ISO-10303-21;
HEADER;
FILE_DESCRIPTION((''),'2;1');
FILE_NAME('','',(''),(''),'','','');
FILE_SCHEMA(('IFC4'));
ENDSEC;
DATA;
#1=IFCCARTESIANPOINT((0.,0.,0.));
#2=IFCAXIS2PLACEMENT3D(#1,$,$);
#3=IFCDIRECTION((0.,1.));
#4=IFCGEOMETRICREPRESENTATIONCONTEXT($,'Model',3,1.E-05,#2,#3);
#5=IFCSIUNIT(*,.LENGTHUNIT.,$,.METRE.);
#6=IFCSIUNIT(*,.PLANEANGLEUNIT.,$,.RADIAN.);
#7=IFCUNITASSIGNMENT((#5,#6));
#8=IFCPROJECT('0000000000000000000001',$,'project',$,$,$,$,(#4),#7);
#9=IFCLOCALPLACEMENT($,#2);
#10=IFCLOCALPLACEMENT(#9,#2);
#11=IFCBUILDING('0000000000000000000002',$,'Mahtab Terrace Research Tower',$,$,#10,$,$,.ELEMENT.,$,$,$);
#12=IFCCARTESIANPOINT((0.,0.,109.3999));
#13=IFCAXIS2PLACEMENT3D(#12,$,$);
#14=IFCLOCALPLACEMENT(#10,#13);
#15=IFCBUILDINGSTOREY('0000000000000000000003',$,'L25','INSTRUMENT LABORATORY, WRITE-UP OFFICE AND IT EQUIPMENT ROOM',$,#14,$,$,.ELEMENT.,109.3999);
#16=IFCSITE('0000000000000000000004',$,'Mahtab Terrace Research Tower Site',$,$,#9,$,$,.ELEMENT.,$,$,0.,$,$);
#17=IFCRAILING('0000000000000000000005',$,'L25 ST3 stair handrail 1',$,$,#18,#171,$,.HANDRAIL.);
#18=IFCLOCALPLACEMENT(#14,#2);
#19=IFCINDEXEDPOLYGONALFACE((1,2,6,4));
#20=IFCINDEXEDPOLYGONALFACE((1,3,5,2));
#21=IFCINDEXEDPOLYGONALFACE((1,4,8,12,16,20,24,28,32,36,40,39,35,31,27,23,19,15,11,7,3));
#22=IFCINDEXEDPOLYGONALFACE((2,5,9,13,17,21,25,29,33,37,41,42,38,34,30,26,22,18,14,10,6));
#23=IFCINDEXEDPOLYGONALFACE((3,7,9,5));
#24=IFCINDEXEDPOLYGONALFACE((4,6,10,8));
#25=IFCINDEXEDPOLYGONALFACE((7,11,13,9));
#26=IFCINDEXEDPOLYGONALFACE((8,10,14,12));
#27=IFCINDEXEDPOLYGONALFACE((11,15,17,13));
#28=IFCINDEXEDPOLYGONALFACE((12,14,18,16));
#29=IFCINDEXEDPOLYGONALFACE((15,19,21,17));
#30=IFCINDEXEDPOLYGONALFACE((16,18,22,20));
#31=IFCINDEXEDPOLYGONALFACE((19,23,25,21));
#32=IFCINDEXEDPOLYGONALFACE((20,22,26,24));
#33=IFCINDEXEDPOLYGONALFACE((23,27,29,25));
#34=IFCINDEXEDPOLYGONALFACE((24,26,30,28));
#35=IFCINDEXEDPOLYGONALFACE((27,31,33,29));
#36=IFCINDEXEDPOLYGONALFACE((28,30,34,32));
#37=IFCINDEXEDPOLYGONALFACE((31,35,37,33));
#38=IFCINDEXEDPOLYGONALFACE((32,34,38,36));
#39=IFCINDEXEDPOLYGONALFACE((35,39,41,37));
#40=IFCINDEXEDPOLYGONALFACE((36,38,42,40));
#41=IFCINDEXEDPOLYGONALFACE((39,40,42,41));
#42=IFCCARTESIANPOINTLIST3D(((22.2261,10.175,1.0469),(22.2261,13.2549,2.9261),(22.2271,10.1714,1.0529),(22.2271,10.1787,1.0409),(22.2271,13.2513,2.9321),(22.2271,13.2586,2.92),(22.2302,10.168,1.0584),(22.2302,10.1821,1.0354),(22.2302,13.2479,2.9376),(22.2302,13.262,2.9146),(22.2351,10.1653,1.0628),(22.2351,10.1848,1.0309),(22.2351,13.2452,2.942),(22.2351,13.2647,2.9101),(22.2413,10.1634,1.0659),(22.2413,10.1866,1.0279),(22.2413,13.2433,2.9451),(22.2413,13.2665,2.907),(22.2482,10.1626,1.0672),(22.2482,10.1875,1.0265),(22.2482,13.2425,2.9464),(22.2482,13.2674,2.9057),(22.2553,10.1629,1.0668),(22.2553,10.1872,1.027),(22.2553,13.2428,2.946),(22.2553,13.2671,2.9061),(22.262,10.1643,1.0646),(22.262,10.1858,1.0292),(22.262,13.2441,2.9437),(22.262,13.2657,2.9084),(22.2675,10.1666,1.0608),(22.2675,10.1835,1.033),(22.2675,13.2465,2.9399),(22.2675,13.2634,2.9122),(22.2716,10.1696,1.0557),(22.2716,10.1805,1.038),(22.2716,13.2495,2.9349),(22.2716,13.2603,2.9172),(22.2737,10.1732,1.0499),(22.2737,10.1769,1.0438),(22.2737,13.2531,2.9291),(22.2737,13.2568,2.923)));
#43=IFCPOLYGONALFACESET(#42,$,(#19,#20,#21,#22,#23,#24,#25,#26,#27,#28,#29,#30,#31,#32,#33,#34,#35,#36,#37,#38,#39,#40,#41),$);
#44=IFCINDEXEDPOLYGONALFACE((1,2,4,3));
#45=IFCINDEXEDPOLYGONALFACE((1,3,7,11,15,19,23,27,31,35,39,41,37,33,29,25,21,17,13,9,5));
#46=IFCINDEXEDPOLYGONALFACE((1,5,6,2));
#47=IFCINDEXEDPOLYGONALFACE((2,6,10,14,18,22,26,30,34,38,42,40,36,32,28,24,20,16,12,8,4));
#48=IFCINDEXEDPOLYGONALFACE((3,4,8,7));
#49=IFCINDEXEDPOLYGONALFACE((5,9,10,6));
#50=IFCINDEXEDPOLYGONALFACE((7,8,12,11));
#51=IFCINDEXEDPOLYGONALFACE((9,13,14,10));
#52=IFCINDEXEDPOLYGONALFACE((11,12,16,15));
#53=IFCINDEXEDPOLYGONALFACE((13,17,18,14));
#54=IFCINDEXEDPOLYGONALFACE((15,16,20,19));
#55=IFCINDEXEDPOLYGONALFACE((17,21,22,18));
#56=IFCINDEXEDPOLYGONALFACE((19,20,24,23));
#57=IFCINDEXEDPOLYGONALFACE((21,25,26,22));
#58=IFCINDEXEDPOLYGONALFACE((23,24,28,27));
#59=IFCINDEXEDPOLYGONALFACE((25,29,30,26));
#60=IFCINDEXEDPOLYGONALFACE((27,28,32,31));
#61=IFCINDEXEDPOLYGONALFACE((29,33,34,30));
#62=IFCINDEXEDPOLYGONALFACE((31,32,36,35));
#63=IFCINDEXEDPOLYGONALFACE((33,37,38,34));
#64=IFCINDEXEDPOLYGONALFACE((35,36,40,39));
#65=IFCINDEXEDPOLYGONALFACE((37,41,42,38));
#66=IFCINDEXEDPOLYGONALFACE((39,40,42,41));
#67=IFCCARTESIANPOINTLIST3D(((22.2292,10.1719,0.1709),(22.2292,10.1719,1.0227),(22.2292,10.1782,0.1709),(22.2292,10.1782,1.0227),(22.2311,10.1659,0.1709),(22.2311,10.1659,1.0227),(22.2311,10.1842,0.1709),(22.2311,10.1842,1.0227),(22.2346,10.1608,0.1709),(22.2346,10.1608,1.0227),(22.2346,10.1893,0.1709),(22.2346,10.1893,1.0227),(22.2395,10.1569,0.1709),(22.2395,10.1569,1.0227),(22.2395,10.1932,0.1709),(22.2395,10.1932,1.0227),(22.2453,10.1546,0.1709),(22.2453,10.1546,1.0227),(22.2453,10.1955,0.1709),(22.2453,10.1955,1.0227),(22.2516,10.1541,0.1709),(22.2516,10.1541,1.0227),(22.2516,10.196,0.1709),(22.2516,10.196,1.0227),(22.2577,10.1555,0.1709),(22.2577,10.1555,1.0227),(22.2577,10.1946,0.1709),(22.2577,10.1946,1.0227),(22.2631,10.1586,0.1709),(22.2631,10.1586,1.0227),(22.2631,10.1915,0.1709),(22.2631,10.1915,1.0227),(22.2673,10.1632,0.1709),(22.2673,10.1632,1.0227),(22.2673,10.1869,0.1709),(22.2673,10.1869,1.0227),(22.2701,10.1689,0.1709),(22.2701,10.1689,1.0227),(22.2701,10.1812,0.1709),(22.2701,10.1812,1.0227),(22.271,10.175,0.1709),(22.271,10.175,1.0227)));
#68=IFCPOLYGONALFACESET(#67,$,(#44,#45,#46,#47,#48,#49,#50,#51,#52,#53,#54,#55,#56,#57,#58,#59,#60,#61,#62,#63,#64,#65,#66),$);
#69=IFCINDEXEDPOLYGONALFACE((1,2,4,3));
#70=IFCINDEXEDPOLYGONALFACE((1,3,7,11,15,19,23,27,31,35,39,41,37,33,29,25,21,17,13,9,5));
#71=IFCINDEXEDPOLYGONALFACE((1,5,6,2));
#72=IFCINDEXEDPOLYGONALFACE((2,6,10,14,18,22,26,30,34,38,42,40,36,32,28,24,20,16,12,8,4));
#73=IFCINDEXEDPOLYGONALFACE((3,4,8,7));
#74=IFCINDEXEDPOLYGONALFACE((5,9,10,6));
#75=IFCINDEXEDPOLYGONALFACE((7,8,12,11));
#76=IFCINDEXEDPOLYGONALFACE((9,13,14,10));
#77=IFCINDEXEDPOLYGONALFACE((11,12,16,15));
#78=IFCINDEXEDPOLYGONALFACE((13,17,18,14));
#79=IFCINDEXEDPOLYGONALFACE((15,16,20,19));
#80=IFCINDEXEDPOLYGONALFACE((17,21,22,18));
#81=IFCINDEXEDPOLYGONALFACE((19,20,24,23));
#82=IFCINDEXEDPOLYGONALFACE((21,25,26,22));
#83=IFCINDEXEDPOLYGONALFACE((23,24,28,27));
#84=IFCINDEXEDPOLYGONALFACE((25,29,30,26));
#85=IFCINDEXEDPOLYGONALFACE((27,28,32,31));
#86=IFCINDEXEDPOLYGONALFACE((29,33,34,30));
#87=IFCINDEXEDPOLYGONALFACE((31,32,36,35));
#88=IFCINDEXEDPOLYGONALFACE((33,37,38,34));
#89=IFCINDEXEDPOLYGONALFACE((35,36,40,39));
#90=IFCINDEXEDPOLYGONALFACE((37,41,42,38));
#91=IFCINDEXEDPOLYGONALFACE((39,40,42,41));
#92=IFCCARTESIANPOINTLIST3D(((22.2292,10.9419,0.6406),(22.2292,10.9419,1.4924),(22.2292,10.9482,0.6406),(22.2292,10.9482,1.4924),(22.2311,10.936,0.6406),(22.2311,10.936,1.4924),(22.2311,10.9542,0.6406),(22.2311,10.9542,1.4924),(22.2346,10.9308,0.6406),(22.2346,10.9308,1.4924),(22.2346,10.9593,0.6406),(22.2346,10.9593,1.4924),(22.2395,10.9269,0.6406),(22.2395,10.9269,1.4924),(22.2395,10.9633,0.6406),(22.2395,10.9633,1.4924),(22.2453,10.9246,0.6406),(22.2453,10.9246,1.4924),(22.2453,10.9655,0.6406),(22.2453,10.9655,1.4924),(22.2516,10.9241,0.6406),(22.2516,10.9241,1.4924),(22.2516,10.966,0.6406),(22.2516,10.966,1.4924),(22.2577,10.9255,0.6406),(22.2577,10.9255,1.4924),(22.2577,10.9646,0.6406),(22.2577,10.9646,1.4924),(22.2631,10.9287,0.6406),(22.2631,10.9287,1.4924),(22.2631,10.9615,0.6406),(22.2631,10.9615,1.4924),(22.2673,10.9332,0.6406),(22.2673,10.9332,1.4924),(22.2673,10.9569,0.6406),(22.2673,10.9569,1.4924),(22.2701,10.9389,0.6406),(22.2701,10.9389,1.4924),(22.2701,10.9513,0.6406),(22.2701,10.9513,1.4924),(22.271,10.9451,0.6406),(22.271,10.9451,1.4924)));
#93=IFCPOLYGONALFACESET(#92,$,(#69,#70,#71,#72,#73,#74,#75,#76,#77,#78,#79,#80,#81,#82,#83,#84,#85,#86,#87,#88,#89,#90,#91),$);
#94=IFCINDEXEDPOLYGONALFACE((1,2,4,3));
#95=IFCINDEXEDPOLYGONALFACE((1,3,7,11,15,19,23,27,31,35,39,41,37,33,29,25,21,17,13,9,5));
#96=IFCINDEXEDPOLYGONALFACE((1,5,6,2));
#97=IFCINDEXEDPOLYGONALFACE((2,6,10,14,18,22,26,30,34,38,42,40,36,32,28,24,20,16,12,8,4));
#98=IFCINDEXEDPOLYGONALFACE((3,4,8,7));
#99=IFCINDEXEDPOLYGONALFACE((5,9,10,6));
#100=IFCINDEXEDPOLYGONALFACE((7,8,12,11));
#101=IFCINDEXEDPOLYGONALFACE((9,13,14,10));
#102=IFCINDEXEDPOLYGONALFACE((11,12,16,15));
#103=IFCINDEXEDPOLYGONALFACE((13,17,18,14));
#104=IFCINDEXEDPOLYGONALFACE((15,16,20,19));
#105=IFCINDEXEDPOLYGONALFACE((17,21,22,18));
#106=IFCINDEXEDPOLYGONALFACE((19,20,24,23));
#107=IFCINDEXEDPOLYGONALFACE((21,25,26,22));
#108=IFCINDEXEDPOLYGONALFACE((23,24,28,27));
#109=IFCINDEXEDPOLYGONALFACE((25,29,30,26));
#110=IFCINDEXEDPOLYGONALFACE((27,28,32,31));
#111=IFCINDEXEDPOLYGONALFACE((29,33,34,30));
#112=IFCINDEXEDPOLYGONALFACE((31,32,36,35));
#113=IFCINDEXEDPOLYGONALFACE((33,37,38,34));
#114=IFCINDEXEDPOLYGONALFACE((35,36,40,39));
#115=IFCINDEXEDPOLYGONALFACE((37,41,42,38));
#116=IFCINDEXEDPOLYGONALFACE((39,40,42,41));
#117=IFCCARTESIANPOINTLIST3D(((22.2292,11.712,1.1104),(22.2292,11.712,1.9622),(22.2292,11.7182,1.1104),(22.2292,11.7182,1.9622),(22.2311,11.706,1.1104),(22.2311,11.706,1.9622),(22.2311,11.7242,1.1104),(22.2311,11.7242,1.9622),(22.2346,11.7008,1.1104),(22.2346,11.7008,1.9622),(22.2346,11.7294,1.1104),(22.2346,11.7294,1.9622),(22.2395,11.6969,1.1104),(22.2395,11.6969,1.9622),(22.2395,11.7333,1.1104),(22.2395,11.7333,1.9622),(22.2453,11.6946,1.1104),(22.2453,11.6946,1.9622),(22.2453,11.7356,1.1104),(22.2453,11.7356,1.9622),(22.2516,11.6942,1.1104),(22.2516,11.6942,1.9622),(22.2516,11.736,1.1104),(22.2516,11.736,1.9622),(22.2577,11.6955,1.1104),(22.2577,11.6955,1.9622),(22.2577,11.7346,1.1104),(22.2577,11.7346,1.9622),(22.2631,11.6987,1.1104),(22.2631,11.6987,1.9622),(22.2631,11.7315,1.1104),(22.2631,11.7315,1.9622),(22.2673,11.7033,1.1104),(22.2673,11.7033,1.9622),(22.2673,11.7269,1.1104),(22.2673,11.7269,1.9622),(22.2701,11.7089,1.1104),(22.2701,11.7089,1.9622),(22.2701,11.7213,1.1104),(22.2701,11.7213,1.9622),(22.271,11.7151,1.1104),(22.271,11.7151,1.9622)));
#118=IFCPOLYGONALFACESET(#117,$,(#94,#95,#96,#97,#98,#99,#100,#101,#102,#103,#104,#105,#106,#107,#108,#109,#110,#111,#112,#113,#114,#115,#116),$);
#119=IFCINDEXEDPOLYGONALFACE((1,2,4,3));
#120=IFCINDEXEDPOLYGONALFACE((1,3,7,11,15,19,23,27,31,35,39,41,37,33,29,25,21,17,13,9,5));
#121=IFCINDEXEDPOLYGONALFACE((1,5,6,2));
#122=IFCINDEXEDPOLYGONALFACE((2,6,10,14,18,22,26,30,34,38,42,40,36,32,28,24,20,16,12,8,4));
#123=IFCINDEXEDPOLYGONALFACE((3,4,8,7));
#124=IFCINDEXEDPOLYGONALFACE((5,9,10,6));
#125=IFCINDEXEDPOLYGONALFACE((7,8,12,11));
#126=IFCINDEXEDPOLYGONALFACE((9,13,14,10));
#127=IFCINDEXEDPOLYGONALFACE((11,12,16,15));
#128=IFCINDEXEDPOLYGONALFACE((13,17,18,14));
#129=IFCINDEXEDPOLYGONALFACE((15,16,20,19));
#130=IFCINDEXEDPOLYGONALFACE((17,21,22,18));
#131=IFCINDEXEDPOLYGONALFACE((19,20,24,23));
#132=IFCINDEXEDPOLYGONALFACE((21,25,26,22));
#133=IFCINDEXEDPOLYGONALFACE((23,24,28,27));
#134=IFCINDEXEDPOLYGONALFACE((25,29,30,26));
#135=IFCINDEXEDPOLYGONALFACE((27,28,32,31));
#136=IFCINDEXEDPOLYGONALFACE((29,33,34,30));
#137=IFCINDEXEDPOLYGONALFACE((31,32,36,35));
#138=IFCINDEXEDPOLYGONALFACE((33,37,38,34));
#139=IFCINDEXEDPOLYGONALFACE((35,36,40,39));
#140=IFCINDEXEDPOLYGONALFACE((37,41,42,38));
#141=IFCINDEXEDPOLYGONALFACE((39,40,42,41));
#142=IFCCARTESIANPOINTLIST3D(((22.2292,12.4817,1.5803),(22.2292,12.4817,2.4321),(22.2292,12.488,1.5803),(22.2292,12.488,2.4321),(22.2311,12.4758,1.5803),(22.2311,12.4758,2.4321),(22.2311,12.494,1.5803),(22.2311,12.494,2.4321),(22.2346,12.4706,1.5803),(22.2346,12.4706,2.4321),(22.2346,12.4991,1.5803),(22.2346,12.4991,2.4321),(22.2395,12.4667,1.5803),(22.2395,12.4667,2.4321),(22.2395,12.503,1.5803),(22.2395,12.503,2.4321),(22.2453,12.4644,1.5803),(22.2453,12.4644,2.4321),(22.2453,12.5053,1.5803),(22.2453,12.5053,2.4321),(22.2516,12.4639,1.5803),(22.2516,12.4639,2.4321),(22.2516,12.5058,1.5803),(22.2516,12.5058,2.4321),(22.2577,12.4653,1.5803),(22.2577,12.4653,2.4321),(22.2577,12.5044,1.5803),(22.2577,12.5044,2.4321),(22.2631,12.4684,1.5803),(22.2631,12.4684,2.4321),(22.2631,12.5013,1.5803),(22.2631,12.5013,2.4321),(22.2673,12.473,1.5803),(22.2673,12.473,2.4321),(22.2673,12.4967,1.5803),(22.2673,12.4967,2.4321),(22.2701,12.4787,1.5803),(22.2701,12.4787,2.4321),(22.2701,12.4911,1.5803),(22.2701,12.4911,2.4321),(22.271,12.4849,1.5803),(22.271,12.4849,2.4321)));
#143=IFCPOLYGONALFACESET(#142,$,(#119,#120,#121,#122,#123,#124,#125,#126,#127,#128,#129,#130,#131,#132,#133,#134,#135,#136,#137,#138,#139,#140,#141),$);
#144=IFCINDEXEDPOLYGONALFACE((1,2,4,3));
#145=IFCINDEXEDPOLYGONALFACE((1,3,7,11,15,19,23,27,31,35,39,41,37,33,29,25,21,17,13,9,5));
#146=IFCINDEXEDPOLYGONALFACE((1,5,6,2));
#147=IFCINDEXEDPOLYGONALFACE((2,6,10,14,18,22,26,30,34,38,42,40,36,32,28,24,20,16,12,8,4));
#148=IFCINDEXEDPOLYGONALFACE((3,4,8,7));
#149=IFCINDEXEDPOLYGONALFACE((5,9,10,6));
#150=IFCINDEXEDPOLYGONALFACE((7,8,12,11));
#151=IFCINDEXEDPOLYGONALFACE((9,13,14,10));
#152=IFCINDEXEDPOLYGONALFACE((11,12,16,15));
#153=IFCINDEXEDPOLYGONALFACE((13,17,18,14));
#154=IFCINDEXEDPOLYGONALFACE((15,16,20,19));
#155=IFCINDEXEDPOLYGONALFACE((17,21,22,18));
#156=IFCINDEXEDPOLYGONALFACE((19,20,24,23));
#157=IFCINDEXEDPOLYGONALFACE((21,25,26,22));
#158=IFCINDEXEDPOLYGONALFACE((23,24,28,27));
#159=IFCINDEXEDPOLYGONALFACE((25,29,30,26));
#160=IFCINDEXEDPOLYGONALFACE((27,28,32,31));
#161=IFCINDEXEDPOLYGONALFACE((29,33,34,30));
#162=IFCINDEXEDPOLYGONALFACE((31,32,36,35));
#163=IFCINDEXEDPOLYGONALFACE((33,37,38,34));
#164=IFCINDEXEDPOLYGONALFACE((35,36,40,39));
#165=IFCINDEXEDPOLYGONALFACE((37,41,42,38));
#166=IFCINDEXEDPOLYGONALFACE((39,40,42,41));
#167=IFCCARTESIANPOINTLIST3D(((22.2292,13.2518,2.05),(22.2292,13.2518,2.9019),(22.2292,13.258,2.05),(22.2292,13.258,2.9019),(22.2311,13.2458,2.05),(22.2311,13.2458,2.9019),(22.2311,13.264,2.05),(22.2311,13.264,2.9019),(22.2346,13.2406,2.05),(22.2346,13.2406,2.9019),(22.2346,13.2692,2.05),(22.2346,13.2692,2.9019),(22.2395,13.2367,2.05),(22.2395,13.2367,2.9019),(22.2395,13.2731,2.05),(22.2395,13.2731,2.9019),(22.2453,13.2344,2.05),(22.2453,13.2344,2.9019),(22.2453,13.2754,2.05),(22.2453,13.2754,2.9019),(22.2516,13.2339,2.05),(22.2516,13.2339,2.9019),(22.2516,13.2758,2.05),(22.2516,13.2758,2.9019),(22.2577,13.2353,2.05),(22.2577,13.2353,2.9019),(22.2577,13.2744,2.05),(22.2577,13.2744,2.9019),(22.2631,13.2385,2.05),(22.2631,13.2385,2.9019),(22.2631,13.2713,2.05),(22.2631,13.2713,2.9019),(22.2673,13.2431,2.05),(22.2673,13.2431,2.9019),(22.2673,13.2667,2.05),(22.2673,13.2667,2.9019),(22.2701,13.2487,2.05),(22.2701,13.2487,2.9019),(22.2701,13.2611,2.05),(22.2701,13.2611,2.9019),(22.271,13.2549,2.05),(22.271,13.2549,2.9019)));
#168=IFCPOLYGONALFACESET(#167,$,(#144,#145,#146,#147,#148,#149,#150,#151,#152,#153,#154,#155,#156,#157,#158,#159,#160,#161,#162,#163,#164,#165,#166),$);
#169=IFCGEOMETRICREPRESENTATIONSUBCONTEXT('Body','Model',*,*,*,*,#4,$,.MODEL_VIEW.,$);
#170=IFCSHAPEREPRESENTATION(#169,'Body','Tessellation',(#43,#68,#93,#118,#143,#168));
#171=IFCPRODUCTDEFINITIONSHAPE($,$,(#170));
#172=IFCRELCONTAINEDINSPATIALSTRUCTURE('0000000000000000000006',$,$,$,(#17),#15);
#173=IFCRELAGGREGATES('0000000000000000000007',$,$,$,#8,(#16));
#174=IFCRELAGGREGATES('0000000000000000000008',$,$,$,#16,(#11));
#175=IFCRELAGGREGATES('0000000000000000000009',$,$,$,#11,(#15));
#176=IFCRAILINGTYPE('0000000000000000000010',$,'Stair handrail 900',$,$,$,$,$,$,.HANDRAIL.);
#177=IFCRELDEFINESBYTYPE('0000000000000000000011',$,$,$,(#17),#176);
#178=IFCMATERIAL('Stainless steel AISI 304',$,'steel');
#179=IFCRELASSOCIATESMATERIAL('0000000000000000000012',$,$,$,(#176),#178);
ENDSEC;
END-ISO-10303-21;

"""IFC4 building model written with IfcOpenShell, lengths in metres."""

from ifc_helpers import new_model, si_unit, direction, frame, origin, origin_2d, place, context, subcontext, project, spatial, circle, extrude, material, type_object, element, save


model = new_model("IFC4")

# Units and contexts
model_context = context("Model", 3, precision=1e-05, world=origin(), true_north=direction((0.0, 1.0)))
body_context = subcontext(model_context, "Body", "Model", "MODEL_VIEW")
ifc_project = project(units=[si_unit("LENGTHUNIT", "METRE"), si_unit("PLANEANGLEUNIT", "RADIAN")], contexts=[model_context])

# Site, building, storey
site_placement = place(None, origin())
site = spatial("IfcSite", under=ifc_project, at=site_placement, Name="Mahtab Terrace Research Tower Site", CompositionType="ELEMENT", RefElevation=0.0)
building_placement = place(site_placement, origin())
building = spatial("IfcBuilding", under=site, at=building_placement, Name="Mahtab Terrace Research Tower", CompositionType="ELEMENT")
storey_placement = place(building_placement, frame((0.0, 0.0, 109.3999)))
storey = spatial("IfcBuildingStorey", under=building, at=storey_placement, Name="L25", Description="INSTRUMENT LABORATORY, WRITE-UP OFFICE AND IT EQUIPMENT ROOM", CompositionType="ELEMENT", Elevation=109.3999)

# Shared definitions
ifc_material_1 = material(Name="Stainless steel AISI 304", Category="steel")

# Railing
railing_type_1 = type_object("IfcRailingType", Name="Stair handrail 900", PredefinedType="HANDRAIL", material=ifc_material_1)
railing_1_placement = place(storey_placement, frame((22.25, 10.175, 0.1709)))
element("IfcRailing", 1, at=railing_1_placement, inside=storey, type_object=railing_type_1, Name="L25 ST3 stair handrail 1", PredefinedType="HANDRAIL", context=body_context, shape_type="SweptSolid", body=[
    extrude(circle(Radius=0.0239, at=origin_2d()), frame((0.0, 0.0, 0.876), z_axis=(0.0, 0.853648, 0.52085), x_axis=(-1.0, 0.0, 0.0)), (0.0, 0.0, 1.0), 3.6079),
    extrude(circle(Radius=0.021, at=origin_2d()), origin(), (0.0, 0.0, 1.0), 0.8518),
    extrude(circle(Radius=0.021, at=origin_2d()), frame((0.0, 0.77, 0.4697)), (0.0, 0.0, 1.0), 0.8518),
    extrude(circle(Radius=0.021, at=origin_2d()), frame((0.0, 1.54, 0.9395)), (0.0, 0.0, 1.0), 0.8518),
    extrude(circle(Radius=0.021, at=origin_2d()), frame((0.0, 2.3098, 1.4094)), (0.0, 0.0, 1.0), 0.8518),
    extrude(circle(Radius=0.021, at=origin_2d()), frame((0.0, 3.0798, 1.8792)), (0.0, 0.0, 1.0), 0.8518),
])

save(model, "model.ifc")
